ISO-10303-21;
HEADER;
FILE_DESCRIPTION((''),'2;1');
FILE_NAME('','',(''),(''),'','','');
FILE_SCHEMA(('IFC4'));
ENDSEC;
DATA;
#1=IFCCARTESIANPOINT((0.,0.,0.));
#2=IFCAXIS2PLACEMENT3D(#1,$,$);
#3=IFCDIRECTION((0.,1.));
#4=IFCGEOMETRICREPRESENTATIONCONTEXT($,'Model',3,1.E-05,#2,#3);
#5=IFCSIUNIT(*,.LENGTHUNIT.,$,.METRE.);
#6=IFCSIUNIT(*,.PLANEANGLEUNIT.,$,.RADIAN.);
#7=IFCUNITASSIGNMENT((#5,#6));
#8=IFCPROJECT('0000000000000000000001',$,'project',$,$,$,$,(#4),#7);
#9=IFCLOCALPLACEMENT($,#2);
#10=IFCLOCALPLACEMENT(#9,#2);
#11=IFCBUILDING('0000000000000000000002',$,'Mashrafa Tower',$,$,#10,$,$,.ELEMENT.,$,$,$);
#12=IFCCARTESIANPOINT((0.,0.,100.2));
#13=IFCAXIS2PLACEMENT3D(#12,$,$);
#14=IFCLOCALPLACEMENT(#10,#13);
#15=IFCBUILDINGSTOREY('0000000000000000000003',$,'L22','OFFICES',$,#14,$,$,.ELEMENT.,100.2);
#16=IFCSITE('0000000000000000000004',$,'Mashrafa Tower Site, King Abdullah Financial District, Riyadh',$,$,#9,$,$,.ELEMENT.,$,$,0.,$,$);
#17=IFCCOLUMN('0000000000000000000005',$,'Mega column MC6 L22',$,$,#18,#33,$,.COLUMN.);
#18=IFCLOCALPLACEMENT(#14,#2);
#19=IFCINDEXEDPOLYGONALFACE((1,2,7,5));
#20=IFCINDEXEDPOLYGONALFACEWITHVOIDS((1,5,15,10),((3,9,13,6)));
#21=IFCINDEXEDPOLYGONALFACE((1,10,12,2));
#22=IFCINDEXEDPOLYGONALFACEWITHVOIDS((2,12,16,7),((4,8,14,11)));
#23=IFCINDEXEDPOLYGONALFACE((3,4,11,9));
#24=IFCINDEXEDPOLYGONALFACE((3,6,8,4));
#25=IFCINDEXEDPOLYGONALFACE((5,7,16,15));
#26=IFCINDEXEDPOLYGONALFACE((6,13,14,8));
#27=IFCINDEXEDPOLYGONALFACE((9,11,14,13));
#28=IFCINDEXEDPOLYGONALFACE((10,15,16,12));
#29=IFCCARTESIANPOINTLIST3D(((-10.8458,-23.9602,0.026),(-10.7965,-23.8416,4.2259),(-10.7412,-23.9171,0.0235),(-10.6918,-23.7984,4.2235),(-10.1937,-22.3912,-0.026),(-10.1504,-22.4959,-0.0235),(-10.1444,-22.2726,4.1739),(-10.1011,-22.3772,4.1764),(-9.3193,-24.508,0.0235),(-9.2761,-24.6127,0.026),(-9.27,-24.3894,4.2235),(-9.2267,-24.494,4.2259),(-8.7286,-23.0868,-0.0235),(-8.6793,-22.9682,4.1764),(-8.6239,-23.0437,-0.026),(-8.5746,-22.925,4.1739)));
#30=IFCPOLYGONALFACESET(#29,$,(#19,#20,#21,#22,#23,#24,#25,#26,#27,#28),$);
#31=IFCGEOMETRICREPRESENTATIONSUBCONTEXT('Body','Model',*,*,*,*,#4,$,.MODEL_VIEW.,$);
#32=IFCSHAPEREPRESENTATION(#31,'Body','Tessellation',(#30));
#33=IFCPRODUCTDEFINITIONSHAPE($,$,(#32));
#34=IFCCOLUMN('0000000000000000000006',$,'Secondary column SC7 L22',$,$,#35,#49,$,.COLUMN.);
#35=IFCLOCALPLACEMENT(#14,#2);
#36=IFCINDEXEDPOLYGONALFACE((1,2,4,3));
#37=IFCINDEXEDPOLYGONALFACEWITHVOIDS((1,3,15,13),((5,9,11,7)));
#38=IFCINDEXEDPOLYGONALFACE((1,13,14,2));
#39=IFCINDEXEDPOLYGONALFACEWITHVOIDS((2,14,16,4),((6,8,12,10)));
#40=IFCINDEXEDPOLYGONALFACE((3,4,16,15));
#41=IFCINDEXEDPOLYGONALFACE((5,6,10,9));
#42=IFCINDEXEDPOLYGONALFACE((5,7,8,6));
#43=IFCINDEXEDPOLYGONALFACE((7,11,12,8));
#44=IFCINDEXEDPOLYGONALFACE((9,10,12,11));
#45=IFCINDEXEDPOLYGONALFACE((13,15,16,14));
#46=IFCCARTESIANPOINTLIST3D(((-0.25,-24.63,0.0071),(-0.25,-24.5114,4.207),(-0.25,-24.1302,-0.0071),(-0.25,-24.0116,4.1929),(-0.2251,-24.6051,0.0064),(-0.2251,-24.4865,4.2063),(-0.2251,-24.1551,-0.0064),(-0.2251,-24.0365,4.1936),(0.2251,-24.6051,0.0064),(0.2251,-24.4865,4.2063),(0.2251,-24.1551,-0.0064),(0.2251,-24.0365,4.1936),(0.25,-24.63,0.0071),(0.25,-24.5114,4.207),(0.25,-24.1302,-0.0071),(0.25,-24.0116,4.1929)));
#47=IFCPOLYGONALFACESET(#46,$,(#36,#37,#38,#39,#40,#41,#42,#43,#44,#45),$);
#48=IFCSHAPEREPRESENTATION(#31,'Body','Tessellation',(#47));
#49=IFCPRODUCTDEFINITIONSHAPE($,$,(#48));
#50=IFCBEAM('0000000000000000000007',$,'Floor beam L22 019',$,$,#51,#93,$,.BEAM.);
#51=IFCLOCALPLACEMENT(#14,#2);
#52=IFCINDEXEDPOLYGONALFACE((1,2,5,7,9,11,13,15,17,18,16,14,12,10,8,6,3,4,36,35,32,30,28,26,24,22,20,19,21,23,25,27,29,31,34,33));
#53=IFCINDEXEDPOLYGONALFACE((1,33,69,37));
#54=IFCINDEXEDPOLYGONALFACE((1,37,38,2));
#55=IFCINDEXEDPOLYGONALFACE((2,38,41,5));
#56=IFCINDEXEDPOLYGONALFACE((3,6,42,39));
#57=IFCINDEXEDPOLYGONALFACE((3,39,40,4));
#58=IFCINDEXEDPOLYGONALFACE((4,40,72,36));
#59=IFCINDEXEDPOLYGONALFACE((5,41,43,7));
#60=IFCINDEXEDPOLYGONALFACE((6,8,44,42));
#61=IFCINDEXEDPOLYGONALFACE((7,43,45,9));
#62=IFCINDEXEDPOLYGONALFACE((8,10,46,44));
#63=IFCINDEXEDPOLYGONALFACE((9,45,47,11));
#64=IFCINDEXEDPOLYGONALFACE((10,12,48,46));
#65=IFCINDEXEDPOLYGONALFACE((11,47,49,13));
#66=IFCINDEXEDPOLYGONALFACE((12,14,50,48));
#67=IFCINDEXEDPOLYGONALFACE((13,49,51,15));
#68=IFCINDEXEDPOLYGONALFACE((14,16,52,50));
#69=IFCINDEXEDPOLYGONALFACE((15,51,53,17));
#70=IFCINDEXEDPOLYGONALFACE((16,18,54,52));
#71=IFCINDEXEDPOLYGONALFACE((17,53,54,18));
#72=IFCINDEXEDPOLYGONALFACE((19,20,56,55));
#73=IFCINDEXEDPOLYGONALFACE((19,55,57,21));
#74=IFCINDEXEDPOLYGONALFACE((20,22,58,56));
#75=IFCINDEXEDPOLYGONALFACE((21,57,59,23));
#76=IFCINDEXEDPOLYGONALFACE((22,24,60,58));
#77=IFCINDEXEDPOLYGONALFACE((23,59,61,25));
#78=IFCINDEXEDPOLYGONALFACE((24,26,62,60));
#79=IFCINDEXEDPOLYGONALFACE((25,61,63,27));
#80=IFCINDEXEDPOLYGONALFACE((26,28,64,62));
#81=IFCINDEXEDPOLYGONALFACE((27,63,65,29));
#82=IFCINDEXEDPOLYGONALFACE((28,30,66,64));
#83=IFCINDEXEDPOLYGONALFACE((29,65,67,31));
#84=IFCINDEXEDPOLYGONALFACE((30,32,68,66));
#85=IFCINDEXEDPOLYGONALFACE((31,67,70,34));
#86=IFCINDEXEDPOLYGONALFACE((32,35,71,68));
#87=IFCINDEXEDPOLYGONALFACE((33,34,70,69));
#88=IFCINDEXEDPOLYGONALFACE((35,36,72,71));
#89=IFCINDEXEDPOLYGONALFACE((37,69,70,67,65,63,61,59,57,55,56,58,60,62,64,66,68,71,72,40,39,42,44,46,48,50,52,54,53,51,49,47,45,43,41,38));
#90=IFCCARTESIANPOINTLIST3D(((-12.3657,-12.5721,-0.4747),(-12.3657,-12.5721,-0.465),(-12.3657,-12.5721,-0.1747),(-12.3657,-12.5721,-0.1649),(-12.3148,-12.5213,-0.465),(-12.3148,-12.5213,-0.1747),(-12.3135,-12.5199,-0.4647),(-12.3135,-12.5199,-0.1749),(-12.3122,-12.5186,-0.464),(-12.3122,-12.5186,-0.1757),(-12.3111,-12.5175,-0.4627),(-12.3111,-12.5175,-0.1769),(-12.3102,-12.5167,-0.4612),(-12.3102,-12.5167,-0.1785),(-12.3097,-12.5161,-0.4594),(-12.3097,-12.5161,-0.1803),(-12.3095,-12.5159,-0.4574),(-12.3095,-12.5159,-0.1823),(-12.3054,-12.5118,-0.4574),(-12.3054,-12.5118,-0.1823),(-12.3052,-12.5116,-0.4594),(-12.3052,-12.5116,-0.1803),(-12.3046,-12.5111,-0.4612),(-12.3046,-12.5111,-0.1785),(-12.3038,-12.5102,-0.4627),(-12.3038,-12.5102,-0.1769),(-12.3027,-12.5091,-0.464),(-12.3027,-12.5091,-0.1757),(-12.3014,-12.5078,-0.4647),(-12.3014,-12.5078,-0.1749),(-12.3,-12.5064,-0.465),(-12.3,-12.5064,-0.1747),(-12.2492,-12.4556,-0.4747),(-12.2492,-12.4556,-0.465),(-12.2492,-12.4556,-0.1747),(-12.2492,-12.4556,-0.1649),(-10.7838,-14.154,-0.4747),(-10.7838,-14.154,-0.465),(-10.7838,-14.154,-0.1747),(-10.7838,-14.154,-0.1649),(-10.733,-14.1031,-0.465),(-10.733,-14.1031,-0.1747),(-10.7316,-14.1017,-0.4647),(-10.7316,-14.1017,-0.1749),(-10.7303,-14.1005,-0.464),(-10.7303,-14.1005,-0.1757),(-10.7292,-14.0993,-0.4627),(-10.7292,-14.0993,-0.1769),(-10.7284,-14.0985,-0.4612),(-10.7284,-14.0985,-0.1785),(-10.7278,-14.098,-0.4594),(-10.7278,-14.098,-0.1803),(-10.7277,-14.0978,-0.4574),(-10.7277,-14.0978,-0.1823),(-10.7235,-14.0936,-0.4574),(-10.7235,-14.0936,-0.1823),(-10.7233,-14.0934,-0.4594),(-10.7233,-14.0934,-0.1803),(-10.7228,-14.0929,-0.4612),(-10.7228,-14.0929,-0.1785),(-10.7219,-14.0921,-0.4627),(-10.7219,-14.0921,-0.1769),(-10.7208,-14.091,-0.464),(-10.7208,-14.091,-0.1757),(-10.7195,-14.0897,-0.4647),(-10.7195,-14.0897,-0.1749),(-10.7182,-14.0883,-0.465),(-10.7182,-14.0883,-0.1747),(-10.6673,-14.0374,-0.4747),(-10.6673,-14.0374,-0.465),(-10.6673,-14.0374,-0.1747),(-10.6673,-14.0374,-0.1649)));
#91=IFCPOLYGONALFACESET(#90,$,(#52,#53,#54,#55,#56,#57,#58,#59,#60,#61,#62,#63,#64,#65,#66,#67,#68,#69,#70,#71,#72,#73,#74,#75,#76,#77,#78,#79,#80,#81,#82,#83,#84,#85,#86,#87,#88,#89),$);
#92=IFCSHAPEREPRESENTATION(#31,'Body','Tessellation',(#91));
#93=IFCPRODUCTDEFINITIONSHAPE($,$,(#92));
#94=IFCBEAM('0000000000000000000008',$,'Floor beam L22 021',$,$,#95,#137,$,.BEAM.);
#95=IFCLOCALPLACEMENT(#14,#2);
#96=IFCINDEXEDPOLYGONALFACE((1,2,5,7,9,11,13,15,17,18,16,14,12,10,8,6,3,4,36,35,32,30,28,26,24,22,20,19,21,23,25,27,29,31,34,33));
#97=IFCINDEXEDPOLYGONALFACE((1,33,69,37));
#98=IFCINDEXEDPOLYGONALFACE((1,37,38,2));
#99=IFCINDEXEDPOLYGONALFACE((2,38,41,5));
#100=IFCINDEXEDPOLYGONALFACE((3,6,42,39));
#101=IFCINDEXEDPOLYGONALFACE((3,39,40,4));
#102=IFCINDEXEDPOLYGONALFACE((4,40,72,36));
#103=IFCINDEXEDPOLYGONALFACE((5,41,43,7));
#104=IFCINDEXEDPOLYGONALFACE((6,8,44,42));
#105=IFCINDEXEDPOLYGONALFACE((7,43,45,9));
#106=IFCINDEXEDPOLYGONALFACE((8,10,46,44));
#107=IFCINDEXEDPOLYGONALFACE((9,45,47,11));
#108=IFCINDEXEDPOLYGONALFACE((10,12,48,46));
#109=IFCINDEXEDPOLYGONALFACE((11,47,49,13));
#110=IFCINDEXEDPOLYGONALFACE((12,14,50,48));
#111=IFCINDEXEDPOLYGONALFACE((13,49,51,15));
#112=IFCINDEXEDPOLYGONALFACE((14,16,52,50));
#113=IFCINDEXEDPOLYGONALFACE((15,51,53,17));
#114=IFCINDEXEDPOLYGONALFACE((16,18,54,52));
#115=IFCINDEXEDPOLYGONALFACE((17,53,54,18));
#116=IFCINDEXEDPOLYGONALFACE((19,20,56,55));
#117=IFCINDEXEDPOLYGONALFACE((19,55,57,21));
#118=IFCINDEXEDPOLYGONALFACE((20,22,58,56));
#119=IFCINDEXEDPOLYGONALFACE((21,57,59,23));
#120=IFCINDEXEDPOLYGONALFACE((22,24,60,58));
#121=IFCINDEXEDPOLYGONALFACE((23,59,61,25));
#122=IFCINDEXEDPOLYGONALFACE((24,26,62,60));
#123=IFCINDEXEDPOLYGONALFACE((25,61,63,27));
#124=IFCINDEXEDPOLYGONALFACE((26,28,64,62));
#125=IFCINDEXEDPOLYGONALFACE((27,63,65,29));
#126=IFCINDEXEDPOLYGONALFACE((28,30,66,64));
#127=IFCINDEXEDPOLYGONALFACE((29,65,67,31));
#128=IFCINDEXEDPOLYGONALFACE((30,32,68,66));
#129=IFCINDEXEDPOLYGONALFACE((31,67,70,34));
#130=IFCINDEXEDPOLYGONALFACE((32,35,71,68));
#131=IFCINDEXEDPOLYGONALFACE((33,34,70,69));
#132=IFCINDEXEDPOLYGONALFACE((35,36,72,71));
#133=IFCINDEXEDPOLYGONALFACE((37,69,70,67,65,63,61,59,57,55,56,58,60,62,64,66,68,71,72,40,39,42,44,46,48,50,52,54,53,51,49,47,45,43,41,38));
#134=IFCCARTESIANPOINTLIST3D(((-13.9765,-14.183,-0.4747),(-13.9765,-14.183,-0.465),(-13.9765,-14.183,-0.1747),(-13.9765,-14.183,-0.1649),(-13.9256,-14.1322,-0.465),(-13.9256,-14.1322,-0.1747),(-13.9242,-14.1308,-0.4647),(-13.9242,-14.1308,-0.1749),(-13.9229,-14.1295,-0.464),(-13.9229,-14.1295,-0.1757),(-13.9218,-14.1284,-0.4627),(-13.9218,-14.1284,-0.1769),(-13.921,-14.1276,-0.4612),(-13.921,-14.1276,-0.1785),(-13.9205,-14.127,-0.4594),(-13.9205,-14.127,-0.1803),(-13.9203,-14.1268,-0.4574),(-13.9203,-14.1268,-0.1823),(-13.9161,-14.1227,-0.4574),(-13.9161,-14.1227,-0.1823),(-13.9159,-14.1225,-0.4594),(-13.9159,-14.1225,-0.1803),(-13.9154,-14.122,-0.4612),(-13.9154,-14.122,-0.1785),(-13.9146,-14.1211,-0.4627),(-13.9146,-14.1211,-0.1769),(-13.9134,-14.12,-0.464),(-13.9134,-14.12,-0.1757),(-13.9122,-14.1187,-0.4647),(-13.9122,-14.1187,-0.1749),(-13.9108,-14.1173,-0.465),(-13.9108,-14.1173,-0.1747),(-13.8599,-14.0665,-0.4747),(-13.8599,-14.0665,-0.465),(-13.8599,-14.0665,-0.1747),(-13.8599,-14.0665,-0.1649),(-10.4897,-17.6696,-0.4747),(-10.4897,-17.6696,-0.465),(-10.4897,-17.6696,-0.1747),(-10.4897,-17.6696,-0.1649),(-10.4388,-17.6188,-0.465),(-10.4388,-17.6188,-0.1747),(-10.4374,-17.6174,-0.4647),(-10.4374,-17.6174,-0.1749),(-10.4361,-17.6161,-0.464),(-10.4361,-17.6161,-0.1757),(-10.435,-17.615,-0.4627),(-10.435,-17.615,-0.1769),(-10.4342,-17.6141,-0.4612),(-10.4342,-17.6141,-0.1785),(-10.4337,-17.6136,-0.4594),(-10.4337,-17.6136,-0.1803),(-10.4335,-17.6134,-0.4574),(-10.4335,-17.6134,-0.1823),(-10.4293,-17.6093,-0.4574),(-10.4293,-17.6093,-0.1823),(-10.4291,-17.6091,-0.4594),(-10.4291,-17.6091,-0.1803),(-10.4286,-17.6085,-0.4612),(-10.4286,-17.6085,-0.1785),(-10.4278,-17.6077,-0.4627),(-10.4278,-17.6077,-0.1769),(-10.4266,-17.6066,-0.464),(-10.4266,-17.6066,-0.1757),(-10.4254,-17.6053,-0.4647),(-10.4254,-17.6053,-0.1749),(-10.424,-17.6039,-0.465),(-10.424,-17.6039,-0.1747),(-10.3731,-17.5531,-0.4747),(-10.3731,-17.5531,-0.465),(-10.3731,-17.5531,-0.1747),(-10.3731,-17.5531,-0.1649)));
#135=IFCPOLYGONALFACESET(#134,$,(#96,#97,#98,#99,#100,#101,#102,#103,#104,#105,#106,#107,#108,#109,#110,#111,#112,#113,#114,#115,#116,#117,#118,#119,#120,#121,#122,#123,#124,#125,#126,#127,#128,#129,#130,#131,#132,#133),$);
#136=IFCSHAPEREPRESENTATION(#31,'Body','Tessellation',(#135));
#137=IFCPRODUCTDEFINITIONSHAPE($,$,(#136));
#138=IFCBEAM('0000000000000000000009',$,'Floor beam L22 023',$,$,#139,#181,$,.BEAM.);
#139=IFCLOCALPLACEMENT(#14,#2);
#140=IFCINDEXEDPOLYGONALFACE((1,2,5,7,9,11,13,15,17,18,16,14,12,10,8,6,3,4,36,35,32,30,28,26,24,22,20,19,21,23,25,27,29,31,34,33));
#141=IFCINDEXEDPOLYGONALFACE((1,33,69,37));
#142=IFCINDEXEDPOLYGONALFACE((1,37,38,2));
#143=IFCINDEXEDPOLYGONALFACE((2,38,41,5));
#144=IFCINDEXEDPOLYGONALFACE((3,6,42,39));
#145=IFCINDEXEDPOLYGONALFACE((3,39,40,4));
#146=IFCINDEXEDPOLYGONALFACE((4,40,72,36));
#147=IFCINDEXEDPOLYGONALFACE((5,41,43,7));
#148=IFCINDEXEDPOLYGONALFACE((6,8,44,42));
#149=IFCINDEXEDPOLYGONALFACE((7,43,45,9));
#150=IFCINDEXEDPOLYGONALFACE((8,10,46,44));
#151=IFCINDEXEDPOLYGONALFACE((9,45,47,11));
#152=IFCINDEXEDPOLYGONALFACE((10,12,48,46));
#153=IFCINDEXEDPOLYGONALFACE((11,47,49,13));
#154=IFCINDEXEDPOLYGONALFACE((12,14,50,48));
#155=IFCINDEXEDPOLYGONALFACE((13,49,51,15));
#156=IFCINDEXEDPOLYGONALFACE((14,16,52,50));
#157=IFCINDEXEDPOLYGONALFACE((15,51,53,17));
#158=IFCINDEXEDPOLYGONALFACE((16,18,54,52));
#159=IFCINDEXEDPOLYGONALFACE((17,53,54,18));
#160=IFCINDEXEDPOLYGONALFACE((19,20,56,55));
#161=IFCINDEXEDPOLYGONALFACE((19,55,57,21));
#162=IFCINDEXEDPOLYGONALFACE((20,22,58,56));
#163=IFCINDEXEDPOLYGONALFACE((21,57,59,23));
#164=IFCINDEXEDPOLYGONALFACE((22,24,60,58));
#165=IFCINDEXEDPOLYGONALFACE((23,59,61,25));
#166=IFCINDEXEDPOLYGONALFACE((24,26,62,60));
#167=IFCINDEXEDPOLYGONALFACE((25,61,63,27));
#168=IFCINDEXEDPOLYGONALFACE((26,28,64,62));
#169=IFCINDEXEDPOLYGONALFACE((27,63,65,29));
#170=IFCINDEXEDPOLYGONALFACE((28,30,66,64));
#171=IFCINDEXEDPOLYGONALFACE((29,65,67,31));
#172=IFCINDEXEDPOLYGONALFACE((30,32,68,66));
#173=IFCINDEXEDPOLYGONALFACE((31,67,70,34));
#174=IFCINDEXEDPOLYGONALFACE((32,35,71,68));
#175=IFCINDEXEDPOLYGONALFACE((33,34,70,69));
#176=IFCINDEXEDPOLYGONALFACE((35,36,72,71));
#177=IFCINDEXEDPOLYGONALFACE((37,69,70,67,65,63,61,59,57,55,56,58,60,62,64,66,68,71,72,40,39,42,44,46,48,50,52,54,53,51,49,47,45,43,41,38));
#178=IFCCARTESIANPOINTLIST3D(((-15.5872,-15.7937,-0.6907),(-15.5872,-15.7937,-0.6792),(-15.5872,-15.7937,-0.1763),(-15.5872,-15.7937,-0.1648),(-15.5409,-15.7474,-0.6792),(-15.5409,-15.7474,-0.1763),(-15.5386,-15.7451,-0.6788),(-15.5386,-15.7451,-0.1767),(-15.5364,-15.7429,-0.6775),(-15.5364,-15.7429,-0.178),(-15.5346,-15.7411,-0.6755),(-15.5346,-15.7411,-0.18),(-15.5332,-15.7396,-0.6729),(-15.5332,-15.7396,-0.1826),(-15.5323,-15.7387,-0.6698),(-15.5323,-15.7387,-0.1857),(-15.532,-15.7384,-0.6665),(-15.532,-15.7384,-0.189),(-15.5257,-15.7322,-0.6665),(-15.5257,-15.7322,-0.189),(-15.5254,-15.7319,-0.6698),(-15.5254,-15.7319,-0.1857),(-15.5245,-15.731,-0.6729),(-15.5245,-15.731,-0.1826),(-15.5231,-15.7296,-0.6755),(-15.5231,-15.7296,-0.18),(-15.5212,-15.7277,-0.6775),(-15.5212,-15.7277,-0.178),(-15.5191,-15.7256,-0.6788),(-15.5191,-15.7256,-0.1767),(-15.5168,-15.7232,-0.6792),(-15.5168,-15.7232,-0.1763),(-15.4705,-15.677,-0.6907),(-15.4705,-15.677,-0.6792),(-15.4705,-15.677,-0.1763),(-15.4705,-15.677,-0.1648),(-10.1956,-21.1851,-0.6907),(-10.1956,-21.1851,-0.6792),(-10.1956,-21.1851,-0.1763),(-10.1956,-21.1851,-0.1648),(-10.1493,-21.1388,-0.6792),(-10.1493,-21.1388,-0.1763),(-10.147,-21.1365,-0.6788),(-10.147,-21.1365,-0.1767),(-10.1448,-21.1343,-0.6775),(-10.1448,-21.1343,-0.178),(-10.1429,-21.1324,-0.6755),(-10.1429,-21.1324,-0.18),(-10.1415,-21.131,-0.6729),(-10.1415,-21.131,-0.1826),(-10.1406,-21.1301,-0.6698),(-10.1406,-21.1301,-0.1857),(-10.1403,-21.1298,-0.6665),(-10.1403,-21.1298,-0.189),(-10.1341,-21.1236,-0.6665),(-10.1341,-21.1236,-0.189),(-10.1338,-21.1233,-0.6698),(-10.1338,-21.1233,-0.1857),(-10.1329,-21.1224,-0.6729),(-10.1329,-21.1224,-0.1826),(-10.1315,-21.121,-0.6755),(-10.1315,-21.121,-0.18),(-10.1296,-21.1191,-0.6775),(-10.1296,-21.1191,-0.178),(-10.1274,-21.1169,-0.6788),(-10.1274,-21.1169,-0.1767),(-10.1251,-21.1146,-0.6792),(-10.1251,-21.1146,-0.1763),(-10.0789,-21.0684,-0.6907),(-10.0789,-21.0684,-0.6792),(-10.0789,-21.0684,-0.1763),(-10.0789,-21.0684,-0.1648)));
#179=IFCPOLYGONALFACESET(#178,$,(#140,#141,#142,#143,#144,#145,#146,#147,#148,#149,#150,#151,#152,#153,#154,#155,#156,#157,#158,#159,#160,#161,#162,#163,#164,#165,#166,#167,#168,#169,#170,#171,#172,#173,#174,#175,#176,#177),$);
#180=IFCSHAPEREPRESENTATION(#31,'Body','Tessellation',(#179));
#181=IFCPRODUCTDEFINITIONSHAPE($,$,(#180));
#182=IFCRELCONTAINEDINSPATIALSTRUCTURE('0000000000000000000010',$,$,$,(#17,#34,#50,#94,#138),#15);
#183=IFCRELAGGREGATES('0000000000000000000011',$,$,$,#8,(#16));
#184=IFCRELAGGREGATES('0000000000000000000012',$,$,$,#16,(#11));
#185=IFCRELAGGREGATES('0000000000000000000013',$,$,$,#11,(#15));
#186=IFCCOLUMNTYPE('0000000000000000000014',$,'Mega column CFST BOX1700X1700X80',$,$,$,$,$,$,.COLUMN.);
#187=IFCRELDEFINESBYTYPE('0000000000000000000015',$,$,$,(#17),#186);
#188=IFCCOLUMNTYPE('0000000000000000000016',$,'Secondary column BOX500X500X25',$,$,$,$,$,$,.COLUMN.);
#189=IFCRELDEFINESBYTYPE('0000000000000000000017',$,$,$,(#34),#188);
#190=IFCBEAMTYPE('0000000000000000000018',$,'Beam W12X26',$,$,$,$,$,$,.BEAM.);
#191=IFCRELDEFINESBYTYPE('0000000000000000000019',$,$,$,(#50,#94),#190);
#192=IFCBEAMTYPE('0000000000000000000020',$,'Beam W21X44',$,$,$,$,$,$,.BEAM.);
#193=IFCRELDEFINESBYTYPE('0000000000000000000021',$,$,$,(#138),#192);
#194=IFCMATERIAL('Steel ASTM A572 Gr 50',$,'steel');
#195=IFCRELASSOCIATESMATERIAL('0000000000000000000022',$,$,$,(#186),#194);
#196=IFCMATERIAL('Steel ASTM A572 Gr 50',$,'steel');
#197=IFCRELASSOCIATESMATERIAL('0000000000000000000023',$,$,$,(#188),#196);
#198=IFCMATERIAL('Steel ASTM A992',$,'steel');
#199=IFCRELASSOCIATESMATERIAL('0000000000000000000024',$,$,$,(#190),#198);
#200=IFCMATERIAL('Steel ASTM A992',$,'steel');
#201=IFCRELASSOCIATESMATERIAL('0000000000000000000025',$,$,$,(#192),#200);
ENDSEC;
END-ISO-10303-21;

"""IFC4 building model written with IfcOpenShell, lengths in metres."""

from ifc_helpers import new_model, si_unit, direction, frame, origin, origin_2d, place, context, subcontext, project, spatial, hollow_rectangle, i_section, extrude, material, material_profile, profile_set, type_object, element, save


model = new_model("IFC4")

# Units and contexts
model_context = context("Model", 3, precision=1e-05, world=origin(), true_north=direction((0.0, 1.0)))
body_context = subcontext(model_context, "Body", "Model", "MODEL_VIEW")
ifc_project = project(units=[si_unit("LENGTHUNIT", "METRE"), si_unit("PLANEANGLEUNIT", "RADIAN")], contexts=[model_context])

# Site, building, storey
site_placement = place(None, origin())
site = spatial("IfcSite", under=ifc_project, at=site_placement, Name="Mashrafa Tower Site, King Abdullah Financial District, Riyadh", CompositionType="ELEMENT", RefElevation=0.0)
building_placement = place(site_placement, origin())
building = spatial("IfcBuilding", under=site, at=building_placement, Name="Mashrafa Tower", CompositionType="ELEMENT")
storey_placement = place(building_placement, frame((0.0, 0.0, 100.2)))
storey = spatial("IfcBuildingStorey", under=building, at=storey_placement, Name="L22", Description="OFFICES", CompositionType="ELEMENT", Elevation=100.2)

# Columns
ifc_material_1 = material(Name="Steel ASTM A572 Gr 50", Category="steel")
ifc_material_profile_1 = material_profile(ifc_material_1, hollow_rectangle(XDim=1.7, YDim=1.7, WallThickness=0.0801, at=origin_2d()), Name="BOX1700X1700X80")
ifc_profile_set_1 = profile_set([ifc_material_profile_1], Name="Steel ASTM A572 Gr 50")
column_type_1 = type_object("IfcColumnType", Name="Mega column CFST BOX1700X1700X80", PredefinedType="COLUMN", material=ifc_profile_set_1)
column_1_placement = place(storey_placement, frame((-9.7349, -23.502, 0.0), z_axis=(0.011737, 0.028238, 0.999532), x_axis=(-0.923414, 0.383806, 0.0)))
element("IfcColumn", 1, at=column_1_placement, inside=storey, type_object=column_type_1, Name="Mega column MC6 L22", PredefinedType="COLUMN", context=body_context, shape_type="SweptSolid", body=[
    extrude(hollow_rectangle(XDim=1.7, YDim=1.7, WallThickness=0.0801, at=origin_2d()), origin(), (0.0, 0.0, 1.0), 4.2019),
])
ifc_material_2 = material(Name="Steel ASTM A572 Gr 50", Category="steel")
ifc_material_profile_2 = material_profile(ifc_material_2, hollow_rectangle(XDim=0.5, YDim=0.5, WallThickness=0.0249, at=origin_2d()), Name="BOX500X500X25")
ifc_profile_set_2 = profile_set([ifc_material_profile_2], Name="Steel ASTM A572 Gr 50")
column_type_2 = type_object("IfcColumnType", Name="Secondary column BOX500X500X25", PredefinedType="COLUMN", material=ifc_profile_set_2)
column_2_placement = place(storey_placement, frame((0.0, -24.3801, 0.0), z_axis=(0.0, 0.02824, 0.999601), x_axis=(-1.0, 0.0, 0.0)))
element("IfcColumn", 2, at=column_2_placement, inside=storey, type_object=column_type_2, Name="Secondary column SC7 L22", PredefinedType="COLUMN", context=body_context, shape_type="SweptSolid", body=[
    extrude(hollow_rectangle(XDim=0.5, YDim=0.5, WallThickness=0.0249, at=origin_2d()), origin(), (0.0, 0.0, 1.0), 4.2017),
])

# Beams
ifc_material_3 = material(Name="Steel ASTM A992", Category="steel")
ifc_material_profile_3 = material_profile(ifc_material_3, i_section(OverallWidth=0.1648, OverallDepth=0.3098, WebThickness=0.0059, FlangeThickness=0.0098, FilletRadius=0.0076, at=origin_2d()), Name="W12X26")
ifc_profile_set_3 = profile_set([ifc_material_profile_3], Name="Steel ASTM A992")
beam_type_1 = type_object("IfcBeamType", Name="Beam W12X26", PredefinedType="BEAM", material=ifc_profile_set_3)
beam_1_placement = place(storey_placement, frame((-10.7256, -14.0957, -0.3198), z_axis=(-0.707107, 0.707107, 0.0), x_axis=(-0.707107, -0.707107, 0.0)))
element("IfcBeam", 3, at=beam_1_placement, inside=storey, type_object=beam_type_1, Name="Floor beam L22 019", PredefinedType="BEAM", context=body_context, shape_type="SweptSolid", body=[
    extrude(i_section(OverallWidth=0.1648, OverallDepth=0.3098, WebThickness=0.0059, FlangeThickness=0.0098, FilletRadius=0.0076, at=origin_2d()), origin(), (0.0, 0.0, 1.0), 2.2371),
])
beam_2_placement = place(storey_placement, frame((-10.4314, -17.6113, -0.3198), z_axis=(-0.707132, 0.707082, 0.0), x_axis=(-0.707082, -0.707132, 0.0)))
element("IfcBeam", 4, at=beam_2_placement, inside=storey, type_object=beam_type_1, Name="Floor beam L22 021", PredefinedType="BEAM", context=body_context, shape_type="SweptSolid", body=[
    extrude(i_section(OverallWidth=0.1648, OverallDepth=0.3098, WebThickness=0.0059, FlangeThickness=0.0098, FilletRadius=0.0076, at=origin_2d()), origin(), (0.0, 0.0, 1.0), 4.9309),
])
ifc_material_4 = material(Name="Steel ASTM A992", Category="steel")
ifc_material_profile_4 = material_profile(ifc_material_4, i_section(OverallWidth=0.165, OverallDepth=0.5259, WebThickness=0.0088, FlangeThickness=0.0115, FilletRadius=0.0127, at=origin_2d()), Name="W21X44")
ifc_profile_set_4 = profile_set([ifc_material_profile_4], Name="Steel ASTM A992")
beam_type_2 = type_object("IfcBeamType", Name="Beam W21X44", PredefinedType="BEAM", material=ifc_profile_set_4)
beam_3_placement = place(storey_placement, frame((-10.1372, -21.1267, -0.4277), z_axis=(-0.707123, 0.707091, 0.0), x_axis=(-0.707091, -0.707123, 0.0)))
element("IfcBeam", 5, at=beam_3_placement, inside=storey, type_object=beam_type_2, Name="Floor beam L22 023", PredefinedType="BEAM", context=body_context, shape_type="SweptSolid", body=[
    extrude(i_section(OverallWidth=0.165, OverallDepth=0.5259, WebThickness=0.0088, FlangeThickness=0.0115, FilletRadius=0.0127, at=origin_2d()), origin(), (0.0, 0.0, 1.0), 7.6248),
])

save(model, "model.ifc")
